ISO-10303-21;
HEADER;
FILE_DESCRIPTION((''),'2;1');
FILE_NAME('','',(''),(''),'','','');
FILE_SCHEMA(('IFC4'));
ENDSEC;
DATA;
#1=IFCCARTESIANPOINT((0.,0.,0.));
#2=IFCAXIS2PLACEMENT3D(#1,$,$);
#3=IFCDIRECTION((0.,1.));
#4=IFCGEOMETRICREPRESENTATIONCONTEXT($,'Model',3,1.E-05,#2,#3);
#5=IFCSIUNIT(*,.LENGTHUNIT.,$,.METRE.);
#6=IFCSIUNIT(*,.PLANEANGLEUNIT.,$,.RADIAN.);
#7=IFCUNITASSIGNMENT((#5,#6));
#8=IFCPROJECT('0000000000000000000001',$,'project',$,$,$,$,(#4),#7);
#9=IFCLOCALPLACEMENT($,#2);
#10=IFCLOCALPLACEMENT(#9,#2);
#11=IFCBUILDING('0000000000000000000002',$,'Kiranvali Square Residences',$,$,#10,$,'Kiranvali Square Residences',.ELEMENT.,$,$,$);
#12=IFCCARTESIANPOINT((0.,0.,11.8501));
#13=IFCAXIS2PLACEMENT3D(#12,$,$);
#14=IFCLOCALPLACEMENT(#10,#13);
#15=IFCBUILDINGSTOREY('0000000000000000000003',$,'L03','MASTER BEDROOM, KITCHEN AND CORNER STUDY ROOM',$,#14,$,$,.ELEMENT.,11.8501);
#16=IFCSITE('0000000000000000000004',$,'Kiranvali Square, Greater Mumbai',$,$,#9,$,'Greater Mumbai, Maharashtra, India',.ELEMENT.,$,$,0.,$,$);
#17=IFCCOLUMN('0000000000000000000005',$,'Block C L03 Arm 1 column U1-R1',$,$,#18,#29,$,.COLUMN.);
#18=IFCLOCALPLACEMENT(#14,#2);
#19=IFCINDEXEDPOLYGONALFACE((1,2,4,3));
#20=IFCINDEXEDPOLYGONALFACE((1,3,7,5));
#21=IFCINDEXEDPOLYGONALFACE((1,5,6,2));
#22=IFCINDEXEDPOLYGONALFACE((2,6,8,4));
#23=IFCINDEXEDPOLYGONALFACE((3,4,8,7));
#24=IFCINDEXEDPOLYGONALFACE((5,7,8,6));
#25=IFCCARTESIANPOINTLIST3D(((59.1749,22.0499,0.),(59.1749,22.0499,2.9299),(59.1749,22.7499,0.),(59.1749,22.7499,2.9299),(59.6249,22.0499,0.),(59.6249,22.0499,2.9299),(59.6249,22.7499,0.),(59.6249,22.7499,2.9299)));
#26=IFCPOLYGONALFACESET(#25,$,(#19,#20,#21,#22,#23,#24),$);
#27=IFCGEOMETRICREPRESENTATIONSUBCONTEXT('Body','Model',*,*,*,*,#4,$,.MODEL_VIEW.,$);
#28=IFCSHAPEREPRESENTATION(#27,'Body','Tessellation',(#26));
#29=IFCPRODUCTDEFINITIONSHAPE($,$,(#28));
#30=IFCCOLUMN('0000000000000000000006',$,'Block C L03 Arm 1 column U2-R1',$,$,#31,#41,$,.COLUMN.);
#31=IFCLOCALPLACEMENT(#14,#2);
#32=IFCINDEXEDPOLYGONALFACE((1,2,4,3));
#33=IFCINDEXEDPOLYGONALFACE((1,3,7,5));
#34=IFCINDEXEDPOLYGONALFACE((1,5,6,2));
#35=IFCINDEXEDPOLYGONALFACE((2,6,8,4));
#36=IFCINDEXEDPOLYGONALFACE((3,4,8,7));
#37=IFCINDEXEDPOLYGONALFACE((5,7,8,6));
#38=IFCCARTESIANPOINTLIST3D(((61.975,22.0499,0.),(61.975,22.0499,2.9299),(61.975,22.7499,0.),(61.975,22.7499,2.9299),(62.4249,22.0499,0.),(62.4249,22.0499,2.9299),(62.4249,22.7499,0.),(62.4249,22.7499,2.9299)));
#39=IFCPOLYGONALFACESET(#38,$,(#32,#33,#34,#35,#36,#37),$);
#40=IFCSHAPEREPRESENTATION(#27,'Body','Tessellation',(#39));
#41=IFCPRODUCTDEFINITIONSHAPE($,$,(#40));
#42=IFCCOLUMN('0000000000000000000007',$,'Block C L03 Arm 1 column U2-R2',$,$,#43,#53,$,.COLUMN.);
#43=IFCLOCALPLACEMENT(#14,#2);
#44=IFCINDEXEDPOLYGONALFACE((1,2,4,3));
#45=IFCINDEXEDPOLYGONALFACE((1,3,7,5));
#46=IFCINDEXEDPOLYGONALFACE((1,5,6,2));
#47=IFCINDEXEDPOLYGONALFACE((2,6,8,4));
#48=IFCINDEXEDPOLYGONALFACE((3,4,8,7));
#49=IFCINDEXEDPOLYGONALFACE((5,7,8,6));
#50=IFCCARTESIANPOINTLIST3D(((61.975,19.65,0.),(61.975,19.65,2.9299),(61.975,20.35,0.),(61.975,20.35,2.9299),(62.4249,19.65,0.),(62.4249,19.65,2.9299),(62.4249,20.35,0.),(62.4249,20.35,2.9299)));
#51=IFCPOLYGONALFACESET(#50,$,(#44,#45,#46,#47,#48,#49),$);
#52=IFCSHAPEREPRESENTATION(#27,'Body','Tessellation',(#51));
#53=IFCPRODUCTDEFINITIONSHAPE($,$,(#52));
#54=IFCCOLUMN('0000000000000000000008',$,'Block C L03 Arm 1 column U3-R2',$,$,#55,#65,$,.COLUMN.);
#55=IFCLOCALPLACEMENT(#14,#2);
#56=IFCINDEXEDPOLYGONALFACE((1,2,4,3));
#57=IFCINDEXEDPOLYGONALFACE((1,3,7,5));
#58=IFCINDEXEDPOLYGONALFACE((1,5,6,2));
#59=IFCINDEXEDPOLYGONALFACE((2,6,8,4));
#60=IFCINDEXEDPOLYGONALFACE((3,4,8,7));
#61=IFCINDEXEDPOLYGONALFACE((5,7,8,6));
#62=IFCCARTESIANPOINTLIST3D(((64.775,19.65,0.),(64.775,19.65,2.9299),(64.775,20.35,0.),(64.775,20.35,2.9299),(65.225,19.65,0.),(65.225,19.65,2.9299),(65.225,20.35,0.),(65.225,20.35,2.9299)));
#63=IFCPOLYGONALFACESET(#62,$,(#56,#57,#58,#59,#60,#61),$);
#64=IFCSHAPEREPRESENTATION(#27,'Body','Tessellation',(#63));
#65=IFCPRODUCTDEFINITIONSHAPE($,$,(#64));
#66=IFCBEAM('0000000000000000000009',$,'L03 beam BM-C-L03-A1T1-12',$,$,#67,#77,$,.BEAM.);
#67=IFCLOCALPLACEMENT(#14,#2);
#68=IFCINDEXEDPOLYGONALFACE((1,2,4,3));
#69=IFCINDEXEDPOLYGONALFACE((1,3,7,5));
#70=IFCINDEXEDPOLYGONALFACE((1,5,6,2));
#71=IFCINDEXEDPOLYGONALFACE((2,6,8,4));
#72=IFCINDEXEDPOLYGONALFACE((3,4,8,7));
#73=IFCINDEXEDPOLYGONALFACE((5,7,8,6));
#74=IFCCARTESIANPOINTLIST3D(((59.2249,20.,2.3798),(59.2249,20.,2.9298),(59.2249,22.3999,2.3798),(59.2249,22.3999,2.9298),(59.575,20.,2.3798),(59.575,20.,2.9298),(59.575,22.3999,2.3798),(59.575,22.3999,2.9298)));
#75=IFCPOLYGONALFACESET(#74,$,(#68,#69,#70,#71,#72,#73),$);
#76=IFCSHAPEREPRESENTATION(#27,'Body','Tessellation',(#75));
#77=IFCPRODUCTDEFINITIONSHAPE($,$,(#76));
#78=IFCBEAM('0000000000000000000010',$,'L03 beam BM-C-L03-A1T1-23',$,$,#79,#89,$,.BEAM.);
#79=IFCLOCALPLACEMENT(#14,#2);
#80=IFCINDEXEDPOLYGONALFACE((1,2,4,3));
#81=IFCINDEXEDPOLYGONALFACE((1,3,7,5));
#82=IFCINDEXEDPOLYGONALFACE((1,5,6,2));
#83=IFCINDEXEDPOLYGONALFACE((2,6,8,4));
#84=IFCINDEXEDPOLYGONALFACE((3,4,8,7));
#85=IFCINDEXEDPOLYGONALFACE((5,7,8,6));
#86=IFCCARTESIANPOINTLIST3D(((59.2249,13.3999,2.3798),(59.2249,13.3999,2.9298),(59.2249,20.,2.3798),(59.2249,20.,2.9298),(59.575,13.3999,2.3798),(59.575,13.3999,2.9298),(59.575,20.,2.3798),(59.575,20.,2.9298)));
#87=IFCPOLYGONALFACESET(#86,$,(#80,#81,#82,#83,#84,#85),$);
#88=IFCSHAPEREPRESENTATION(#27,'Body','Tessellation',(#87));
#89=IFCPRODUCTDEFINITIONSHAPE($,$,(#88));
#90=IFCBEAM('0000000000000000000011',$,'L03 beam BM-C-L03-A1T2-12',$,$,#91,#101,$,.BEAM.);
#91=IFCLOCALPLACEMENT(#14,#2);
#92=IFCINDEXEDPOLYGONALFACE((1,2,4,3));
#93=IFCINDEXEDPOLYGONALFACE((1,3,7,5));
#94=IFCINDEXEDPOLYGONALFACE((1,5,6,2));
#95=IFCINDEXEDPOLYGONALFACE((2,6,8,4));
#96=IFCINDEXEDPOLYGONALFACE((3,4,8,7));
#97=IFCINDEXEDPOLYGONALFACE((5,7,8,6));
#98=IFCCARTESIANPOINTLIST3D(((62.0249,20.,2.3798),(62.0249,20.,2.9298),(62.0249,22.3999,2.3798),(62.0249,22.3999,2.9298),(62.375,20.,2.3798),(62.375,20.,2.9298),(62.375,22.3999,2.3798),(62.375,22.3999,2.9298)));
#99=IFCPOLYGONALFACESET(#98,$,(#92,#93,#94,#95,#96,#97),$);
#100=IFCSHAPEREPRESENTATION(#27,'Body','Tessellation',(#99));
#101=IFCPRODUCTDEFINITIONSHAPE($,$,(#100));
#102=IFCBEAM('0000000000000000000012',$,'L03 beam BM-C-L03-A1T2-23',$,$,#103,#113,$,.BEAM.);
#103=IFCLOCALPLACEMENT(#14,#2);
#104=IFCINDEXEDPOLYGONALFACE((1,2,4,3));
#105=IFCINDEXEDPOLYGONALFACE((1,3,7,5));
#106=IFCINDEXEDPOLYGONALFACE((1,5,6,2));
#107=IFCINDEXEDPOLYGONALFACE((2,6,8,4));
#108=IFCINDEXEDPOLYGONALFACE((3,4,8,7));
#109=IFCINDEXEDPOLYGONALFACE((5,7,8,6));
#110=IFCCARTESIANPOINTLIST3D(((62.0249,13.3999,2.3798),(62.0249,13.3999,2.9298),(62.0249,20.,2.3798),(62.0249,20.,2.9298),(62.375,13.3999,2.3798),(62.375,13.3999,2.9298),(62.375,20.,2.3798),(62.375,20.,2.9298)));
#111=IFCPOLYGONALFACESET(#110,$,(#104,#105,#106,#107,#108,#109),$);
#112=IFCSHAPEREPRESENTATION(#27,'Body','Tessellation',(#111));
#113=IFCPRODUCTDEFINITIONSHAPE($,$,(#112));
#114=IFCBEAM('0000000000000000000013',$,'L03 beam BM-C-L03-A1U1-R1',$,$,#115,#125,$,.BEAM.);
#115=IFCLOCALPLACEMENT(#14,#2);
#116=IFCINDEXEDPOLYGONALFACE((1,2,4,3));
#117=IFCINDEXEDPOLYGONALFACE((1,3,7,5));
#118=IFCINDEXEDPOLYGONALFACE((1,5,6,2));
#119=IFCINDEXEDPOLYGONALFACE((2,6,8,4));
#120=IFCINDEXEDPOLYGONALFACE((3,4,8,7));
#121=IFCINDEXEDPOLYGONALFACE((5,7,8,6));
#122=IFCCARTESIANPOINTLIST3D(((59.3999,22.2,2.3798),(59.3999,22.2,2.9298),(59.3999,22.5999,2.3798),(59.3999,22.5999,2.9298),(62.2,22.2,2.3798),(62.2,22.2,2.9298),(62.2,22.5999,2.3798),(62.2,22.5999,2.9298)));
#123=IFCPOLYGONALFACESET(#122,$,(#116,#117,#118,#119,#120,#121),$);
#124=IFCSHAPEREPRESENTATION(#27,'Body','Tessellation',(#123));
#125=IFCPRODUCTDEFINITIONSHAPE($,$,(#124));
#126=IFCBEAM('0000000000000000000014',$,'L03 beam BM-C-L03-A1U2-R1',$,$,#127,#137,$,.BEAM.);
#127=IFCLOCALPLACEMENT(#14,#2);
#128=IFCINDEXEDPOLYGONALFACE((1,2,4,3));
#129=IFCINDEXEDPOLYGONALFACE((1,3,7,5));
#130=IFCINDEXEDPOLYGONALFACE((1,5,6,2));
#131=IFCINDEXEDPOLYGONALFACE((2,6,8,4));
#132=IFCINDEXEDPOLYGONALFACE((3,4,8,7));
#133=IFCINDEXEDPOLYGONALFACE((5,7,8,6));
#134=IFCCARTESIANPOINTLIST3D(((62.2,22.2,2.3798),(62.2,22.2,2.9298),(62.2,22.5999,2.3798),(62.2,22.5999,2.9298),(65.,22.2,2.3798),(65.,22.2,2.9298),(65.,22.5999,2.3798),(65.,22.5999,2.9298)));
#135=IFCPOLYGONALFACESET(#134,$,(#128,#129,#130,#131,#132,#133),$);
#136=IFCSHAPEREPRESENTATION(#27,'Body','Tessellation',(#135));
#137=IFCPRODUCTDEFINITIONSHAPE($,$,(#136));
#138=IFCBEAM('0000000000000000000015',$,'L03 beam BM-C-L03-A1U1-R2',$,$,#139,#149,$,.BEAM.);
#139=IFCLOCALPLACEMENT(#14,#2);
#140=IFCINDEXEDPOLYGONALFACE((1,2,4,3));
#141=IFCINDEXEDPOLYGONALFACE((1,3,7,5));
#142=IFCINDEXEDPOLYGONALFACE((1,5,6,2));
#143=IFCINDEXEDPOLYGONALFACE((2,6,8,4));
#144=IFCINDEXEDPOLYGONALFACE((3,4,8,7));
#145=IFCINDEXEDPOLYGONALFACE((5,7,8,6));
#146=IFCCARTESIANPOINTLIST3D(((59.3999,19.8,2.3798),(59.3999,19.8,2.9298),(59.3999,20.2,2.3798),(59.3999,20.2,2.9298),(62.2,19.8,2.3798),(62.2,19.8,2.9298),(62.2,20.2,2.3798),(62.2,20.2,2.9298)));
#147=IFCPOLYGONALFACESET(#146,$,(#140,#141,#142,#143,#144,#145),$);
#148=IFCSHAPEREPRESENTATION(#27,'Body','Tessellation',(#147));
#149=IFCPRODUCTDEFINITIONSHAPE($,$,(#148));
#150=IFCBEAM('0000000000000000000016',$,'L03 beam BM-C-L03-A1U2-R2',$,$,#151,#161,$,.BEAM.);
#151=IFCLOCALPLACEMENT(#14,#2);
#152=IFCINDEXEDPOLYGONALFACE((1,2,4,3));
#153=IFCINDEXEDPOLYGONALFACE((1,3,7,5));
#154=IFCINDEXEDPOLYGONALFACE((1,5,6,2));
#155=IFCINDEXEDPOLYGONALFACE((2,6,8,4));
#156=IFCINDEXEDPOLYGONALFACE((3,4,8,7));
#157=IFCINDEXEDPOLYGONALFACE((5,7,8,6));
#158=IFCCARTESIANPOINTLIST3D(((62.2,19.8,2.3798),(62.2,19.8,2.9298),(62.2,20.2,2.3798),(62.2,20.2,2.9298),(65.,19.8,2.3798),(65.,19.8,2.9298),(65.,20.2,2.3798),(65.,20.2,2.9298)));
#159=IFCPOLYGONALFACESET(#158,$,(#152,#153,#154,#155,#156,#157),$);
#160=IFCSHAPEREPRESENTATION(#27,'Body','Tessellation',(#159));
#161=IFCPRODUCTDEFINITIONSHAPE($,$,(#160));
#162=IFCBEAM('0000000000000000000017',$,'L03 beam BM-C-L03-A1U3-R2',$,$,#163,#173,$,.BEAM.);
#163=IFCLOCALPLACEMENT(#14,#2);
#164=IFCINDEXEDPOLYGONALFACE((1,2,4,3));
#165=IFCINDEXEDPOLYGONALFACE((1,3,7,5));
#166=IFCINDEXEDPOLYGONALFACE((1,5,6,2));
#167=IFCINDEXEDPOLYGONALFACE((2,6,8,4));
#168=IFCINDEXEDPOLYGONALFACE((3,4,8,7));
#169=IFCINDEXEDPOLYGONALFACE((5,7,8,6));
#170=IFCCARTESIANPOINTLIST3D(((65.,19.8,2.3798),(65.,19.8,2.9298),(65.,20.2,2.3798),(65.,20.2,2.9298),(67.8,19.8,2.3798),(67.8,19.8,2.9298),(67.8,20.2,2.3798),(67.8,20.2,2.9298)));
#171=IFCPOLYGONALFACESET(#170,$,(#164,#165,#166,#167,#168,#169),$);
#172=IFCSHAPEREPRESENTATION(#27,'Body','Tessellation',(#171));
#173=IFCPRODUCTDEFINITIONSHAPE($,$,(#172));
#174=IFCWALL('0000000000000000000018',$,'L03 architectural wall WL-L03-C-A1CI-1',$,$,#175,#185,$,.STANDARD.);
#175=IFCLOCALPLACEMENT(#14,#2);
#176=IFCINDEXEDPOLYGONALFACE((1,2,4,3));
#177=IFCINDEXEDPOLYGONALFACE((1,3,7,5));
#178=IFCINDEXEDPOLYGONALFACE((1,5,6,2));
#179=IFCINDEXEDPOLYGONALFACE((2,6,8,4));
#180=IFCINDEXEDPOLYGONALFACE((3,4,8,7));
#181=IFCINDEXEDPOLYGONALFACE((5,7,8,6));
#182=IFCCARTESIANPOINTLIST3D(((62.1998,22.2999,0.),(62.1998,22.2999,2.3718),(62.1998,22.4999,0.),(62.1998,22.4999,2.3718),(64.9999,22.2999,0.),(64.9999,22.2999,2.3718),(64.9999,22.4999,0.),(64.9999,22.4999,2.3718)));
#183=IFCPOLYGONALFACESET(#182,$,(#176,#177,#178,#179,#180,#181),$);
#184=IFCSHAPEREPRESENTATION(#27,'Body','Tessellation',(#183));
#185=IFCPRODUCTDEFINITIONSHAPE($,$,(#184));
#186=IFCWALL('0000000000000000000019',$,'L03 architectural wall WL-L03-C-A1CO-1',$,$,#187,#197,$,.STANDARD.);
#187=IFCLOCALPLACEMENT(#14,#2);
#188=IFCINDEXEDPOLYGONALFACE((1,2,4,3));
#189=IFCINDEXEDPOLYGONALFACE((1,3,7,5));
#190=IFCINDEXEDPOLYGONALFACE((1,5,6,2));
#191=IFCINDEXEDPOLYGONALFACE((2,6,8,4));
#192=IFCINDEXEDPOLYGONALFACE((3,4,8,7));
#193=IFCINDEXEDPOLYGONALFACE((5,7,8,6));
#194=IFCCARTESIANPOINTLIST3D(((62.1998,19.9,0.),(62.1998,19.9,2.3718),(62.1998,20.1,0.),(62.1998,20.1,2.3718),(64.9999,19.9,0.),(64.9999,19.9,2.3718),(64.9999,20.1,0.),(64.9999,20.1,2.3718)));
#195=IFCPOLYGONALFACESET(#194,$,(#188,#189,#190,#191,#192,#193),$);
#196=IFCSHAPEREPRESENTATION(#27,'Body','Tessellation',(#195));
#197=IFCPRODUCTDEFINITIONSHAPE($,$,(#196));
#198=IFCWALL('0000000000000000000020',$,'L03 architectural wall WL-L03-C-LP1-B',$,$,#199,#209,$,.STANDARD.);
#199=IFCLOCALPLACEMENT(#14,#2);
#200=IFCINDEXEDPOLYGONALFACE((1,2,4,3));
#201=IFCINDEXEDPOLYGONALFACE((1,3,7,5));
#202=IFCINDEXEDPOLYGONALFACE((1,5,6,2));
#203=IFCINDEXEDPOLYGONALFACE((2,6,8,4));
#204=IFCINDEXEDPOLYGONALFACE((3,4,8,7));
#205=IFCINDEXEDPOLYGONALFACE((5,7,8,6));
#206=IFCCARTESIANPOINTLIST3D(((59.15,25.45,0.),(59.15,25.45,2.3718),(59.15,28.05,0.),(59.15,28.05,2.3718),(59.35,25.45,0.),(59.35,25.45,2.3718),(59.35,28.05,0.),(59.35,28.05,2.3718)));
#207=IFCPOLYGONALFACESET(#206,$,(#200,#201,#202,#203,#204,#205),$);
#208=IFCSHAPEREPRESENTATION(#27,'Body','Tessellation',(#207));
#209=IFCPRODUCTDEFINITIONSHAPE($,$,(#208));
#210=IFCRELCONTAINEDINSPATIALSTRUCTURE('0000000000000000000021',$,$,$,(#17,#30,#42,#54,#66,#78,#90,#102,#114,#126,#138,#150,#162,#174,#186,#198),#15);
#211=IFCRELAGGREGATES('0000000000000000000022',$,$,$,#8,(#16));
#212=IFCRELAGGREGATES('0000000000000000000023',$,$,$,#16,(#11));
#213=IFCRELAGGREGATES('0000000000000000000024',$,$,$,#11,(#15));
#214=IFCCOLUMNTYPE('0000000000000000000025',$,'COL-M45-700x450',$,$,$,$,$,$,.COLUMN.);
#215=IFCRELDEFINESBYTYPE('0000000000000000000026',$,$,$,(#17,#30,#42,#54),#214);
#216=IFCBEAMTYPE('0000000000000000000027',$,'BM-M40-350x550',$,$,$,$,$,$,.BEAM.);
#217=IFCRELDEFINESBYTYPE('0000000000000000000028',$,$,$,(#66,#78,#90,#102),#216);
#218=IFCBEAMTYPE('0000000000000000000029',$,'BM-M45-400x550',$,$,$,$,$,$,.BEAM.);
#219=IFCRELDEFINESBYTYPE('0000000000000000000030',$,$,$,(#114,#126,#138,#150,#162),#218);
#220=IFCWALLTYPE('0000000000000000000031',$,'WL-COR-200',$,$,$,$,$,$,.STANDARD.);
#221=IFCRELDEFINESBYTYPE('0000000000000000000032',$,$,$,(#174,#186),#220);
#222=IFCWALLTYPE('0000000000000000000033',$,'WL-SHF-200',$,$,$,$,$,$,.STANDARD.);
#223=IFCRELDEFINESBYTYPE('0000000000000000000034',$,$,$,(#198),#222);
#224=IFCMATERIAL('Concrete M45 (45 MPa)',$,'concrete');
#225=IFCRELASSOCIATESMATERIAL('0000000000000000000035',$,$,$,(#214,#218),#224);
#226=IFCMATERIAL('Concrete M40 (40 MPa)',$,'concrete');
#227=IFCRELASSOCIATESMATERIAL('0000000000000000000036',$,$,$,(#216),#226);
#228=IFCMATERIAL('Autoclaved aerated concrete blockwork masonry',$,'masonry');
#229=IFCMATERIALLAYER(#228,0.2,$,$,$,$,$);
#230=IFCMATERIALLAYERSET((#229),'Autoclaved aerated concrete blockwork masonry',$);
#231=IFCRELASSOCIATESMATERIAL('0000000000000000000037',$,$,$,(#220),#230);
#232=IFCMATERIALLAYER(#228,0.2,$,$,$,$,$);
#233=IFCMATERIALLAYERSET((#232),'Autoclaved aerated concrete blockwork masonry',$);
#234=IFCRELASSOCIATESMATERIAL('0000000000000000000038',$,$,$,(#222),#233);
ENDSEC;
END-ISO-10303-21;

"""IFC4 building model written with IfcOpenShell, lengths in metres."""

from ifc_helpers import new_model, si_unit, direction, frame, frame_2d, origin, origin_2d, place, context, subcontext, project, spatial, rectangle, extrude, material, layer, layer_set, material_profile, profile_set, type_object, element, save


model = new_model("IFC4")

# Units and contexts
model_context = context("Model", 3, precision=1e-05, world=origin(), true_north=direction((0.0, 1.0)))
body_context = subcontext(model_context, "Body", "Model", "MODEL_VIEW")
ifc_project = project(units=[si_unit("LENGTHUNIT", "METRE"), si_unit("PLANEANGLEUNIT", "RADIAN")], contexts=[model_context])

# Site, building, storey
site_placement = place(None, origin())
site = spatial("IfcSite", under=ifc_project, at=site_placement, Name="Kiranvali Square, Greater Mumbai", LongName="Greater Mumbai, Maharashtra, India", CompositionType="ELEMENT", RefElevation=0.0)
building_placement = place(site_placement, origin())
building = spatial("IfcBuilding", under=site, at=building_placement, Name="Kiranvali Square Residences", LongName="Kiranvali Square Residences", CompositionType="ELEMENT")
storey_placement = place(building_placement, frame((0.0, 0.0, 11.8501)))
storey = spatial("IfcBuildingStorey", under=building, at=storey_placement, Name="L03", Description="MASTER BEDROOM, KITCHEN AND CORNER STUDY ROOM", CompositionType="ELEMENT", Elevation=11.8501)

# Columns
ifc_material_1 = material(Name="Concrete M45 (45 MPa)", Category="concrete")
ifc_material_profile_1 = material_profile(ifc_material_1, rectangle(XDim=0.45, YDim=0.7, at=origin_2d()), Name="RC 700x450")
ifc_profile_set_1 = profile_set([ifc_material_profile_1], Name="Concrete M45 (45 MPa)")
column_type = type_object("IfcColumnType", Name="COL-M45-700x450", PredefinedType="COLUMN", material=ifc_profile_set_1)
for number, where, z_axis, x_axis, name in (
    (1, (59.3999, 22.3999, 0.0), (0.0, 0.0, 1.0), (1.0, 0.0, 0.0), "Block C L03 Arm 1 column U1-R1"),
    (2, (62.2, 22.3999, 0.0), (0.0, 0.0, 1.0), (1.0, 0.0, 0.0), "Block C L03 Arm 1 column U2-R1"),
    (3, (62.2, 20.0, 0.0), (0.0, 0.0, 1.0), (1.0, 0.0, 0.0), "Block C L03 Arm 1 column U2-R2"),
    (4, (65.0, 20.0, 0.0), (0.0, 0.0, 1.0), (1.0, 0.0, 0.0), "Block C L03 Arm 1 column U3-R2"),
):
    element("IfcColumn", number, at=place(storey_placement, frame(where, z_axis=z_axis, x_axis=x_axis)), inside=storey, type_object=column_type, Name=name, PredefinedType="COLUMN", context=body_context, shape_type="SweptSolid", body=[
        extrude(rectangle(XDim=0.45, YDim=0.7, at=origin_2d()), origin(), (0.0, 0.0, 1.0), 2.9299),
    ])

# Beams
ifc_material_2 = material(Name="Concrete M40 (40 MPa)", Category="concrete")
ifc_material_profile_2 = material_profile(ifc_material_2, rectangle(XDim=0.3501, YDim=0.55, at=origin_2d()), Name="RC 350x550")
ifc_profile_set_2 = profile_set([ifc_material_profile_2], Name="Concrete M40 (40 MPa)")
beam_type_1 = type_object("IfcBeamType", Name="BM-M40-350x550", PredefinedType="BEAM", material=ifc_profile_set_2)
beam_1_placement = place(storey_placement, frame((59.3999, 22.3999, 2.6548), z_axis=(0.0, -1.0, 0.0), x_axis=(1.0, 0.0, 0.0)))
element("IfcBeam", 5, at=beam_1_placement, inside=storey, type_object=beam_type_1, Name="L03 beam BM-C-L03-A1T1-12", PredefinedType="BEAM", context=body_context, shape_type="SweptSolid", body=[
    extrude(rectangle(XDim=0.3501, YDim=0.55, at=origin_2d()), origin(), (0.0, 0.0, 1.0), 2.3999),
])
beam_2_placement = place(storey_placement, frame((59.3999, 20.0, 2.6548), z_axis=(0.0, -1.0, 0.0), x_axis=(1.0, 0.0, 0.0)))
element("IfcBeam", 6, at=beam_2_placement, inside=storey, type_object=beam_type_1, Name="L03 beam BM-C-L03-A1T1-23", PredefinedType="BEAM", context=body_context, shape_type="SweptSolid", body=[
    extrude(rectangle(XDim=0.3501, YDim=0.55, at=origin_2d()), origin(), (0.0, 0.0, 1.0), 6.6001),
])
beam_3_placement = place(storey_placement, frame((62.2, 22.3999, 2.6548), z_axis=(0.0, -1.0, 0.0), x_axis=(1.0, 0.0, 0.0)))
element("IfcBeam", 7, at=beam_3_placement, inside=storey, type_object=beam_type_1, Name="L03 beam BM-C-L03-A1T2-12", PredefinedType="BEAM", context=body_context, shape_type="SweptSolid", body=[
    extrude(rectangle(XDim=0.3501, YDim=0.55, at=origin_2d()), origin(), (0.0, 0.0, 1.0), 2.3999),
])
beam_4_placement = place(storey_placement, frame((62.2, 20.0, 2.6548), z_axis=(0.0, -1.0, 0.0), x_axis=(1.0, 0.0, 0.0)))
element("IfcBeam", 8, at=beam_4_placement, inside=storey, type_object=beam_type_1, Name="L03 beam BM-C-L03-A1T2-23", PredefinedType="BEAM", context=body_context, shape_type="SweptSolid", body=[
    extrude(rectangle(XDim=0.3501, YDim=0.55, at=origin_2d()), origin(), (0.0, 0.0, 1.0), 6.6001),
])
ifc_material_profile_3 = material_profile(ifc_material_1, rectangle(XDim=0.3999, YDim=0.55, at=origin_2d()), Name="RC 400x550")
ifc_profile_set_3 = profile_set([ifc_material_profile_3], Name="Concrete M45 (45 MPa)")
beam_type_2 = type_object("IfcBeamType", Name="BM-M45-400x550", PredefinedType="BEAM", material=ifc_profile_set_3)
for number, where, z_axis, x_axis, name in (
    (9, (59.3999, 22.3999, 2.6548), (1.0, 0.0, 0.0), (0.0, 1.0, 0.0), "L03 beam BM-C-L03-A1U1-R1"),
    (10, (62.2, 22.3999, 2.6548), (1.0, 0.0, 0.0), (0.0, 1.0, 0.0), "L03 beam BM-C-L03-A1U2-R1"),
    (11, (59.3999, 20.0, 2.6548), (1.0, 0.0, 0.0), (0.0, 1.0, 0.0), "L03 beam BM-C-L03-A1U1-R2"),
    (12, (62.2, 20.0, 2.6548), (1.0, 0.0, 0.0), (0.0, 1.0, 0.0), "L03 beam BM-C-L03-A1U2-R2"),
    (13, (65.0, 20.0, 2.6548), (1.0, 0.0, 0.0), (0.0, 1.0, 0.0), "L03 beam BM-C-L03-A1U3-R2"),
):
    element("IfcBeam", number, at=place(storey_placement, frame(where, z_axis=z_axis, x_axis=x_axis)), inside=storey, type_object=beam_type_2, Name=name, PredefinedType="BEAM", context=body_context, shape_type="SweptSolid", body=[
        extrude(rectangle(XDim=0.3999, YDim=0.55, at=origin_2d()), origin(), (0.0, 0.0, 1.0), 2.8),
    ])

# Shared definitions
ifc_material_3 = material(Name="Autoclaved aerated concrete blockwork masonry", Category="masonry")
ifc_layer_1 = layer(ifc_material_3, 0.2)
ifc_layer_set_1 = layer_set([ifc_layer_1], Name="Autoclaved aerated concrete blockwork masonry")
wall_type_1 = type_object("IfcWallType", Name="WL-COR-200", PredefinedType="STANDARD", material=ifc_layer_set_1)

# Walls
for number, where, z_axis, x_axis, name in (
    (14, (62.2, 22.3999, 0.0), (0.0, 0.0, 1.0), (1.0, 0.0, 0.0), "L03 architectural wall WL-L03-C-A1CI-1"),
    (15, (62.2, 20.0, 0.0), (0.0, 0.0, 1.0), (1.0, 0.0, 0.0), "L03 architectural wall WL-L03-C-A1CO-1"),
):
    element("IfcWall", number, at=place(storey_placement, frame(where, z_axis=z_axis, x_axis=x_axis)), inside=storey, type_object=wall_type_1, Name=name, PredefinedType="STANDARD", context=body_context, shape_type="SweptSolid", body=[
        extrude(rectangle(XDim=2.8, YDim=0.2, at=frame_2d((1.3999, 0.0))), origin(), (0.0, 0.0, 1.0), 2.3718),
    ])
ifc_layer_2 = layer(ifc_material_3, 0.2)
ifc_layer_set_2 = layer_set([ifc_layer_2], Name="Autoclaved aerated concrete blockwork masonry")
wall_type_2 = type_object("IfcWallType", Name="WL-SHF-200", PredefinedType="STANDARD", material=ifc_layer_set_2)
wall_1_placement = place(storey_placement, frame((59.25, 28.05, 0.0), z_axis=(0.0, 0.0, 1.0), x_axis=(0.0, -1.0, 0.0)))
element("IfcWall", 16, at=wall_1_placement, inside=storey, type_object=wall_type_2, Name="L03 architectural wall WL-L03-C-LP1-B", PredefinedType="STANDARD", context=body_context, shape_type="SweptSolid", body=[
    extrude(rectangle(XDim=2.6001, YDim=0.2, at=frame_2d((1.3, 0.0))), origin(), (0.0, 0.0, 1.0), 2.3718),
])

save(model, "model.ifc")
